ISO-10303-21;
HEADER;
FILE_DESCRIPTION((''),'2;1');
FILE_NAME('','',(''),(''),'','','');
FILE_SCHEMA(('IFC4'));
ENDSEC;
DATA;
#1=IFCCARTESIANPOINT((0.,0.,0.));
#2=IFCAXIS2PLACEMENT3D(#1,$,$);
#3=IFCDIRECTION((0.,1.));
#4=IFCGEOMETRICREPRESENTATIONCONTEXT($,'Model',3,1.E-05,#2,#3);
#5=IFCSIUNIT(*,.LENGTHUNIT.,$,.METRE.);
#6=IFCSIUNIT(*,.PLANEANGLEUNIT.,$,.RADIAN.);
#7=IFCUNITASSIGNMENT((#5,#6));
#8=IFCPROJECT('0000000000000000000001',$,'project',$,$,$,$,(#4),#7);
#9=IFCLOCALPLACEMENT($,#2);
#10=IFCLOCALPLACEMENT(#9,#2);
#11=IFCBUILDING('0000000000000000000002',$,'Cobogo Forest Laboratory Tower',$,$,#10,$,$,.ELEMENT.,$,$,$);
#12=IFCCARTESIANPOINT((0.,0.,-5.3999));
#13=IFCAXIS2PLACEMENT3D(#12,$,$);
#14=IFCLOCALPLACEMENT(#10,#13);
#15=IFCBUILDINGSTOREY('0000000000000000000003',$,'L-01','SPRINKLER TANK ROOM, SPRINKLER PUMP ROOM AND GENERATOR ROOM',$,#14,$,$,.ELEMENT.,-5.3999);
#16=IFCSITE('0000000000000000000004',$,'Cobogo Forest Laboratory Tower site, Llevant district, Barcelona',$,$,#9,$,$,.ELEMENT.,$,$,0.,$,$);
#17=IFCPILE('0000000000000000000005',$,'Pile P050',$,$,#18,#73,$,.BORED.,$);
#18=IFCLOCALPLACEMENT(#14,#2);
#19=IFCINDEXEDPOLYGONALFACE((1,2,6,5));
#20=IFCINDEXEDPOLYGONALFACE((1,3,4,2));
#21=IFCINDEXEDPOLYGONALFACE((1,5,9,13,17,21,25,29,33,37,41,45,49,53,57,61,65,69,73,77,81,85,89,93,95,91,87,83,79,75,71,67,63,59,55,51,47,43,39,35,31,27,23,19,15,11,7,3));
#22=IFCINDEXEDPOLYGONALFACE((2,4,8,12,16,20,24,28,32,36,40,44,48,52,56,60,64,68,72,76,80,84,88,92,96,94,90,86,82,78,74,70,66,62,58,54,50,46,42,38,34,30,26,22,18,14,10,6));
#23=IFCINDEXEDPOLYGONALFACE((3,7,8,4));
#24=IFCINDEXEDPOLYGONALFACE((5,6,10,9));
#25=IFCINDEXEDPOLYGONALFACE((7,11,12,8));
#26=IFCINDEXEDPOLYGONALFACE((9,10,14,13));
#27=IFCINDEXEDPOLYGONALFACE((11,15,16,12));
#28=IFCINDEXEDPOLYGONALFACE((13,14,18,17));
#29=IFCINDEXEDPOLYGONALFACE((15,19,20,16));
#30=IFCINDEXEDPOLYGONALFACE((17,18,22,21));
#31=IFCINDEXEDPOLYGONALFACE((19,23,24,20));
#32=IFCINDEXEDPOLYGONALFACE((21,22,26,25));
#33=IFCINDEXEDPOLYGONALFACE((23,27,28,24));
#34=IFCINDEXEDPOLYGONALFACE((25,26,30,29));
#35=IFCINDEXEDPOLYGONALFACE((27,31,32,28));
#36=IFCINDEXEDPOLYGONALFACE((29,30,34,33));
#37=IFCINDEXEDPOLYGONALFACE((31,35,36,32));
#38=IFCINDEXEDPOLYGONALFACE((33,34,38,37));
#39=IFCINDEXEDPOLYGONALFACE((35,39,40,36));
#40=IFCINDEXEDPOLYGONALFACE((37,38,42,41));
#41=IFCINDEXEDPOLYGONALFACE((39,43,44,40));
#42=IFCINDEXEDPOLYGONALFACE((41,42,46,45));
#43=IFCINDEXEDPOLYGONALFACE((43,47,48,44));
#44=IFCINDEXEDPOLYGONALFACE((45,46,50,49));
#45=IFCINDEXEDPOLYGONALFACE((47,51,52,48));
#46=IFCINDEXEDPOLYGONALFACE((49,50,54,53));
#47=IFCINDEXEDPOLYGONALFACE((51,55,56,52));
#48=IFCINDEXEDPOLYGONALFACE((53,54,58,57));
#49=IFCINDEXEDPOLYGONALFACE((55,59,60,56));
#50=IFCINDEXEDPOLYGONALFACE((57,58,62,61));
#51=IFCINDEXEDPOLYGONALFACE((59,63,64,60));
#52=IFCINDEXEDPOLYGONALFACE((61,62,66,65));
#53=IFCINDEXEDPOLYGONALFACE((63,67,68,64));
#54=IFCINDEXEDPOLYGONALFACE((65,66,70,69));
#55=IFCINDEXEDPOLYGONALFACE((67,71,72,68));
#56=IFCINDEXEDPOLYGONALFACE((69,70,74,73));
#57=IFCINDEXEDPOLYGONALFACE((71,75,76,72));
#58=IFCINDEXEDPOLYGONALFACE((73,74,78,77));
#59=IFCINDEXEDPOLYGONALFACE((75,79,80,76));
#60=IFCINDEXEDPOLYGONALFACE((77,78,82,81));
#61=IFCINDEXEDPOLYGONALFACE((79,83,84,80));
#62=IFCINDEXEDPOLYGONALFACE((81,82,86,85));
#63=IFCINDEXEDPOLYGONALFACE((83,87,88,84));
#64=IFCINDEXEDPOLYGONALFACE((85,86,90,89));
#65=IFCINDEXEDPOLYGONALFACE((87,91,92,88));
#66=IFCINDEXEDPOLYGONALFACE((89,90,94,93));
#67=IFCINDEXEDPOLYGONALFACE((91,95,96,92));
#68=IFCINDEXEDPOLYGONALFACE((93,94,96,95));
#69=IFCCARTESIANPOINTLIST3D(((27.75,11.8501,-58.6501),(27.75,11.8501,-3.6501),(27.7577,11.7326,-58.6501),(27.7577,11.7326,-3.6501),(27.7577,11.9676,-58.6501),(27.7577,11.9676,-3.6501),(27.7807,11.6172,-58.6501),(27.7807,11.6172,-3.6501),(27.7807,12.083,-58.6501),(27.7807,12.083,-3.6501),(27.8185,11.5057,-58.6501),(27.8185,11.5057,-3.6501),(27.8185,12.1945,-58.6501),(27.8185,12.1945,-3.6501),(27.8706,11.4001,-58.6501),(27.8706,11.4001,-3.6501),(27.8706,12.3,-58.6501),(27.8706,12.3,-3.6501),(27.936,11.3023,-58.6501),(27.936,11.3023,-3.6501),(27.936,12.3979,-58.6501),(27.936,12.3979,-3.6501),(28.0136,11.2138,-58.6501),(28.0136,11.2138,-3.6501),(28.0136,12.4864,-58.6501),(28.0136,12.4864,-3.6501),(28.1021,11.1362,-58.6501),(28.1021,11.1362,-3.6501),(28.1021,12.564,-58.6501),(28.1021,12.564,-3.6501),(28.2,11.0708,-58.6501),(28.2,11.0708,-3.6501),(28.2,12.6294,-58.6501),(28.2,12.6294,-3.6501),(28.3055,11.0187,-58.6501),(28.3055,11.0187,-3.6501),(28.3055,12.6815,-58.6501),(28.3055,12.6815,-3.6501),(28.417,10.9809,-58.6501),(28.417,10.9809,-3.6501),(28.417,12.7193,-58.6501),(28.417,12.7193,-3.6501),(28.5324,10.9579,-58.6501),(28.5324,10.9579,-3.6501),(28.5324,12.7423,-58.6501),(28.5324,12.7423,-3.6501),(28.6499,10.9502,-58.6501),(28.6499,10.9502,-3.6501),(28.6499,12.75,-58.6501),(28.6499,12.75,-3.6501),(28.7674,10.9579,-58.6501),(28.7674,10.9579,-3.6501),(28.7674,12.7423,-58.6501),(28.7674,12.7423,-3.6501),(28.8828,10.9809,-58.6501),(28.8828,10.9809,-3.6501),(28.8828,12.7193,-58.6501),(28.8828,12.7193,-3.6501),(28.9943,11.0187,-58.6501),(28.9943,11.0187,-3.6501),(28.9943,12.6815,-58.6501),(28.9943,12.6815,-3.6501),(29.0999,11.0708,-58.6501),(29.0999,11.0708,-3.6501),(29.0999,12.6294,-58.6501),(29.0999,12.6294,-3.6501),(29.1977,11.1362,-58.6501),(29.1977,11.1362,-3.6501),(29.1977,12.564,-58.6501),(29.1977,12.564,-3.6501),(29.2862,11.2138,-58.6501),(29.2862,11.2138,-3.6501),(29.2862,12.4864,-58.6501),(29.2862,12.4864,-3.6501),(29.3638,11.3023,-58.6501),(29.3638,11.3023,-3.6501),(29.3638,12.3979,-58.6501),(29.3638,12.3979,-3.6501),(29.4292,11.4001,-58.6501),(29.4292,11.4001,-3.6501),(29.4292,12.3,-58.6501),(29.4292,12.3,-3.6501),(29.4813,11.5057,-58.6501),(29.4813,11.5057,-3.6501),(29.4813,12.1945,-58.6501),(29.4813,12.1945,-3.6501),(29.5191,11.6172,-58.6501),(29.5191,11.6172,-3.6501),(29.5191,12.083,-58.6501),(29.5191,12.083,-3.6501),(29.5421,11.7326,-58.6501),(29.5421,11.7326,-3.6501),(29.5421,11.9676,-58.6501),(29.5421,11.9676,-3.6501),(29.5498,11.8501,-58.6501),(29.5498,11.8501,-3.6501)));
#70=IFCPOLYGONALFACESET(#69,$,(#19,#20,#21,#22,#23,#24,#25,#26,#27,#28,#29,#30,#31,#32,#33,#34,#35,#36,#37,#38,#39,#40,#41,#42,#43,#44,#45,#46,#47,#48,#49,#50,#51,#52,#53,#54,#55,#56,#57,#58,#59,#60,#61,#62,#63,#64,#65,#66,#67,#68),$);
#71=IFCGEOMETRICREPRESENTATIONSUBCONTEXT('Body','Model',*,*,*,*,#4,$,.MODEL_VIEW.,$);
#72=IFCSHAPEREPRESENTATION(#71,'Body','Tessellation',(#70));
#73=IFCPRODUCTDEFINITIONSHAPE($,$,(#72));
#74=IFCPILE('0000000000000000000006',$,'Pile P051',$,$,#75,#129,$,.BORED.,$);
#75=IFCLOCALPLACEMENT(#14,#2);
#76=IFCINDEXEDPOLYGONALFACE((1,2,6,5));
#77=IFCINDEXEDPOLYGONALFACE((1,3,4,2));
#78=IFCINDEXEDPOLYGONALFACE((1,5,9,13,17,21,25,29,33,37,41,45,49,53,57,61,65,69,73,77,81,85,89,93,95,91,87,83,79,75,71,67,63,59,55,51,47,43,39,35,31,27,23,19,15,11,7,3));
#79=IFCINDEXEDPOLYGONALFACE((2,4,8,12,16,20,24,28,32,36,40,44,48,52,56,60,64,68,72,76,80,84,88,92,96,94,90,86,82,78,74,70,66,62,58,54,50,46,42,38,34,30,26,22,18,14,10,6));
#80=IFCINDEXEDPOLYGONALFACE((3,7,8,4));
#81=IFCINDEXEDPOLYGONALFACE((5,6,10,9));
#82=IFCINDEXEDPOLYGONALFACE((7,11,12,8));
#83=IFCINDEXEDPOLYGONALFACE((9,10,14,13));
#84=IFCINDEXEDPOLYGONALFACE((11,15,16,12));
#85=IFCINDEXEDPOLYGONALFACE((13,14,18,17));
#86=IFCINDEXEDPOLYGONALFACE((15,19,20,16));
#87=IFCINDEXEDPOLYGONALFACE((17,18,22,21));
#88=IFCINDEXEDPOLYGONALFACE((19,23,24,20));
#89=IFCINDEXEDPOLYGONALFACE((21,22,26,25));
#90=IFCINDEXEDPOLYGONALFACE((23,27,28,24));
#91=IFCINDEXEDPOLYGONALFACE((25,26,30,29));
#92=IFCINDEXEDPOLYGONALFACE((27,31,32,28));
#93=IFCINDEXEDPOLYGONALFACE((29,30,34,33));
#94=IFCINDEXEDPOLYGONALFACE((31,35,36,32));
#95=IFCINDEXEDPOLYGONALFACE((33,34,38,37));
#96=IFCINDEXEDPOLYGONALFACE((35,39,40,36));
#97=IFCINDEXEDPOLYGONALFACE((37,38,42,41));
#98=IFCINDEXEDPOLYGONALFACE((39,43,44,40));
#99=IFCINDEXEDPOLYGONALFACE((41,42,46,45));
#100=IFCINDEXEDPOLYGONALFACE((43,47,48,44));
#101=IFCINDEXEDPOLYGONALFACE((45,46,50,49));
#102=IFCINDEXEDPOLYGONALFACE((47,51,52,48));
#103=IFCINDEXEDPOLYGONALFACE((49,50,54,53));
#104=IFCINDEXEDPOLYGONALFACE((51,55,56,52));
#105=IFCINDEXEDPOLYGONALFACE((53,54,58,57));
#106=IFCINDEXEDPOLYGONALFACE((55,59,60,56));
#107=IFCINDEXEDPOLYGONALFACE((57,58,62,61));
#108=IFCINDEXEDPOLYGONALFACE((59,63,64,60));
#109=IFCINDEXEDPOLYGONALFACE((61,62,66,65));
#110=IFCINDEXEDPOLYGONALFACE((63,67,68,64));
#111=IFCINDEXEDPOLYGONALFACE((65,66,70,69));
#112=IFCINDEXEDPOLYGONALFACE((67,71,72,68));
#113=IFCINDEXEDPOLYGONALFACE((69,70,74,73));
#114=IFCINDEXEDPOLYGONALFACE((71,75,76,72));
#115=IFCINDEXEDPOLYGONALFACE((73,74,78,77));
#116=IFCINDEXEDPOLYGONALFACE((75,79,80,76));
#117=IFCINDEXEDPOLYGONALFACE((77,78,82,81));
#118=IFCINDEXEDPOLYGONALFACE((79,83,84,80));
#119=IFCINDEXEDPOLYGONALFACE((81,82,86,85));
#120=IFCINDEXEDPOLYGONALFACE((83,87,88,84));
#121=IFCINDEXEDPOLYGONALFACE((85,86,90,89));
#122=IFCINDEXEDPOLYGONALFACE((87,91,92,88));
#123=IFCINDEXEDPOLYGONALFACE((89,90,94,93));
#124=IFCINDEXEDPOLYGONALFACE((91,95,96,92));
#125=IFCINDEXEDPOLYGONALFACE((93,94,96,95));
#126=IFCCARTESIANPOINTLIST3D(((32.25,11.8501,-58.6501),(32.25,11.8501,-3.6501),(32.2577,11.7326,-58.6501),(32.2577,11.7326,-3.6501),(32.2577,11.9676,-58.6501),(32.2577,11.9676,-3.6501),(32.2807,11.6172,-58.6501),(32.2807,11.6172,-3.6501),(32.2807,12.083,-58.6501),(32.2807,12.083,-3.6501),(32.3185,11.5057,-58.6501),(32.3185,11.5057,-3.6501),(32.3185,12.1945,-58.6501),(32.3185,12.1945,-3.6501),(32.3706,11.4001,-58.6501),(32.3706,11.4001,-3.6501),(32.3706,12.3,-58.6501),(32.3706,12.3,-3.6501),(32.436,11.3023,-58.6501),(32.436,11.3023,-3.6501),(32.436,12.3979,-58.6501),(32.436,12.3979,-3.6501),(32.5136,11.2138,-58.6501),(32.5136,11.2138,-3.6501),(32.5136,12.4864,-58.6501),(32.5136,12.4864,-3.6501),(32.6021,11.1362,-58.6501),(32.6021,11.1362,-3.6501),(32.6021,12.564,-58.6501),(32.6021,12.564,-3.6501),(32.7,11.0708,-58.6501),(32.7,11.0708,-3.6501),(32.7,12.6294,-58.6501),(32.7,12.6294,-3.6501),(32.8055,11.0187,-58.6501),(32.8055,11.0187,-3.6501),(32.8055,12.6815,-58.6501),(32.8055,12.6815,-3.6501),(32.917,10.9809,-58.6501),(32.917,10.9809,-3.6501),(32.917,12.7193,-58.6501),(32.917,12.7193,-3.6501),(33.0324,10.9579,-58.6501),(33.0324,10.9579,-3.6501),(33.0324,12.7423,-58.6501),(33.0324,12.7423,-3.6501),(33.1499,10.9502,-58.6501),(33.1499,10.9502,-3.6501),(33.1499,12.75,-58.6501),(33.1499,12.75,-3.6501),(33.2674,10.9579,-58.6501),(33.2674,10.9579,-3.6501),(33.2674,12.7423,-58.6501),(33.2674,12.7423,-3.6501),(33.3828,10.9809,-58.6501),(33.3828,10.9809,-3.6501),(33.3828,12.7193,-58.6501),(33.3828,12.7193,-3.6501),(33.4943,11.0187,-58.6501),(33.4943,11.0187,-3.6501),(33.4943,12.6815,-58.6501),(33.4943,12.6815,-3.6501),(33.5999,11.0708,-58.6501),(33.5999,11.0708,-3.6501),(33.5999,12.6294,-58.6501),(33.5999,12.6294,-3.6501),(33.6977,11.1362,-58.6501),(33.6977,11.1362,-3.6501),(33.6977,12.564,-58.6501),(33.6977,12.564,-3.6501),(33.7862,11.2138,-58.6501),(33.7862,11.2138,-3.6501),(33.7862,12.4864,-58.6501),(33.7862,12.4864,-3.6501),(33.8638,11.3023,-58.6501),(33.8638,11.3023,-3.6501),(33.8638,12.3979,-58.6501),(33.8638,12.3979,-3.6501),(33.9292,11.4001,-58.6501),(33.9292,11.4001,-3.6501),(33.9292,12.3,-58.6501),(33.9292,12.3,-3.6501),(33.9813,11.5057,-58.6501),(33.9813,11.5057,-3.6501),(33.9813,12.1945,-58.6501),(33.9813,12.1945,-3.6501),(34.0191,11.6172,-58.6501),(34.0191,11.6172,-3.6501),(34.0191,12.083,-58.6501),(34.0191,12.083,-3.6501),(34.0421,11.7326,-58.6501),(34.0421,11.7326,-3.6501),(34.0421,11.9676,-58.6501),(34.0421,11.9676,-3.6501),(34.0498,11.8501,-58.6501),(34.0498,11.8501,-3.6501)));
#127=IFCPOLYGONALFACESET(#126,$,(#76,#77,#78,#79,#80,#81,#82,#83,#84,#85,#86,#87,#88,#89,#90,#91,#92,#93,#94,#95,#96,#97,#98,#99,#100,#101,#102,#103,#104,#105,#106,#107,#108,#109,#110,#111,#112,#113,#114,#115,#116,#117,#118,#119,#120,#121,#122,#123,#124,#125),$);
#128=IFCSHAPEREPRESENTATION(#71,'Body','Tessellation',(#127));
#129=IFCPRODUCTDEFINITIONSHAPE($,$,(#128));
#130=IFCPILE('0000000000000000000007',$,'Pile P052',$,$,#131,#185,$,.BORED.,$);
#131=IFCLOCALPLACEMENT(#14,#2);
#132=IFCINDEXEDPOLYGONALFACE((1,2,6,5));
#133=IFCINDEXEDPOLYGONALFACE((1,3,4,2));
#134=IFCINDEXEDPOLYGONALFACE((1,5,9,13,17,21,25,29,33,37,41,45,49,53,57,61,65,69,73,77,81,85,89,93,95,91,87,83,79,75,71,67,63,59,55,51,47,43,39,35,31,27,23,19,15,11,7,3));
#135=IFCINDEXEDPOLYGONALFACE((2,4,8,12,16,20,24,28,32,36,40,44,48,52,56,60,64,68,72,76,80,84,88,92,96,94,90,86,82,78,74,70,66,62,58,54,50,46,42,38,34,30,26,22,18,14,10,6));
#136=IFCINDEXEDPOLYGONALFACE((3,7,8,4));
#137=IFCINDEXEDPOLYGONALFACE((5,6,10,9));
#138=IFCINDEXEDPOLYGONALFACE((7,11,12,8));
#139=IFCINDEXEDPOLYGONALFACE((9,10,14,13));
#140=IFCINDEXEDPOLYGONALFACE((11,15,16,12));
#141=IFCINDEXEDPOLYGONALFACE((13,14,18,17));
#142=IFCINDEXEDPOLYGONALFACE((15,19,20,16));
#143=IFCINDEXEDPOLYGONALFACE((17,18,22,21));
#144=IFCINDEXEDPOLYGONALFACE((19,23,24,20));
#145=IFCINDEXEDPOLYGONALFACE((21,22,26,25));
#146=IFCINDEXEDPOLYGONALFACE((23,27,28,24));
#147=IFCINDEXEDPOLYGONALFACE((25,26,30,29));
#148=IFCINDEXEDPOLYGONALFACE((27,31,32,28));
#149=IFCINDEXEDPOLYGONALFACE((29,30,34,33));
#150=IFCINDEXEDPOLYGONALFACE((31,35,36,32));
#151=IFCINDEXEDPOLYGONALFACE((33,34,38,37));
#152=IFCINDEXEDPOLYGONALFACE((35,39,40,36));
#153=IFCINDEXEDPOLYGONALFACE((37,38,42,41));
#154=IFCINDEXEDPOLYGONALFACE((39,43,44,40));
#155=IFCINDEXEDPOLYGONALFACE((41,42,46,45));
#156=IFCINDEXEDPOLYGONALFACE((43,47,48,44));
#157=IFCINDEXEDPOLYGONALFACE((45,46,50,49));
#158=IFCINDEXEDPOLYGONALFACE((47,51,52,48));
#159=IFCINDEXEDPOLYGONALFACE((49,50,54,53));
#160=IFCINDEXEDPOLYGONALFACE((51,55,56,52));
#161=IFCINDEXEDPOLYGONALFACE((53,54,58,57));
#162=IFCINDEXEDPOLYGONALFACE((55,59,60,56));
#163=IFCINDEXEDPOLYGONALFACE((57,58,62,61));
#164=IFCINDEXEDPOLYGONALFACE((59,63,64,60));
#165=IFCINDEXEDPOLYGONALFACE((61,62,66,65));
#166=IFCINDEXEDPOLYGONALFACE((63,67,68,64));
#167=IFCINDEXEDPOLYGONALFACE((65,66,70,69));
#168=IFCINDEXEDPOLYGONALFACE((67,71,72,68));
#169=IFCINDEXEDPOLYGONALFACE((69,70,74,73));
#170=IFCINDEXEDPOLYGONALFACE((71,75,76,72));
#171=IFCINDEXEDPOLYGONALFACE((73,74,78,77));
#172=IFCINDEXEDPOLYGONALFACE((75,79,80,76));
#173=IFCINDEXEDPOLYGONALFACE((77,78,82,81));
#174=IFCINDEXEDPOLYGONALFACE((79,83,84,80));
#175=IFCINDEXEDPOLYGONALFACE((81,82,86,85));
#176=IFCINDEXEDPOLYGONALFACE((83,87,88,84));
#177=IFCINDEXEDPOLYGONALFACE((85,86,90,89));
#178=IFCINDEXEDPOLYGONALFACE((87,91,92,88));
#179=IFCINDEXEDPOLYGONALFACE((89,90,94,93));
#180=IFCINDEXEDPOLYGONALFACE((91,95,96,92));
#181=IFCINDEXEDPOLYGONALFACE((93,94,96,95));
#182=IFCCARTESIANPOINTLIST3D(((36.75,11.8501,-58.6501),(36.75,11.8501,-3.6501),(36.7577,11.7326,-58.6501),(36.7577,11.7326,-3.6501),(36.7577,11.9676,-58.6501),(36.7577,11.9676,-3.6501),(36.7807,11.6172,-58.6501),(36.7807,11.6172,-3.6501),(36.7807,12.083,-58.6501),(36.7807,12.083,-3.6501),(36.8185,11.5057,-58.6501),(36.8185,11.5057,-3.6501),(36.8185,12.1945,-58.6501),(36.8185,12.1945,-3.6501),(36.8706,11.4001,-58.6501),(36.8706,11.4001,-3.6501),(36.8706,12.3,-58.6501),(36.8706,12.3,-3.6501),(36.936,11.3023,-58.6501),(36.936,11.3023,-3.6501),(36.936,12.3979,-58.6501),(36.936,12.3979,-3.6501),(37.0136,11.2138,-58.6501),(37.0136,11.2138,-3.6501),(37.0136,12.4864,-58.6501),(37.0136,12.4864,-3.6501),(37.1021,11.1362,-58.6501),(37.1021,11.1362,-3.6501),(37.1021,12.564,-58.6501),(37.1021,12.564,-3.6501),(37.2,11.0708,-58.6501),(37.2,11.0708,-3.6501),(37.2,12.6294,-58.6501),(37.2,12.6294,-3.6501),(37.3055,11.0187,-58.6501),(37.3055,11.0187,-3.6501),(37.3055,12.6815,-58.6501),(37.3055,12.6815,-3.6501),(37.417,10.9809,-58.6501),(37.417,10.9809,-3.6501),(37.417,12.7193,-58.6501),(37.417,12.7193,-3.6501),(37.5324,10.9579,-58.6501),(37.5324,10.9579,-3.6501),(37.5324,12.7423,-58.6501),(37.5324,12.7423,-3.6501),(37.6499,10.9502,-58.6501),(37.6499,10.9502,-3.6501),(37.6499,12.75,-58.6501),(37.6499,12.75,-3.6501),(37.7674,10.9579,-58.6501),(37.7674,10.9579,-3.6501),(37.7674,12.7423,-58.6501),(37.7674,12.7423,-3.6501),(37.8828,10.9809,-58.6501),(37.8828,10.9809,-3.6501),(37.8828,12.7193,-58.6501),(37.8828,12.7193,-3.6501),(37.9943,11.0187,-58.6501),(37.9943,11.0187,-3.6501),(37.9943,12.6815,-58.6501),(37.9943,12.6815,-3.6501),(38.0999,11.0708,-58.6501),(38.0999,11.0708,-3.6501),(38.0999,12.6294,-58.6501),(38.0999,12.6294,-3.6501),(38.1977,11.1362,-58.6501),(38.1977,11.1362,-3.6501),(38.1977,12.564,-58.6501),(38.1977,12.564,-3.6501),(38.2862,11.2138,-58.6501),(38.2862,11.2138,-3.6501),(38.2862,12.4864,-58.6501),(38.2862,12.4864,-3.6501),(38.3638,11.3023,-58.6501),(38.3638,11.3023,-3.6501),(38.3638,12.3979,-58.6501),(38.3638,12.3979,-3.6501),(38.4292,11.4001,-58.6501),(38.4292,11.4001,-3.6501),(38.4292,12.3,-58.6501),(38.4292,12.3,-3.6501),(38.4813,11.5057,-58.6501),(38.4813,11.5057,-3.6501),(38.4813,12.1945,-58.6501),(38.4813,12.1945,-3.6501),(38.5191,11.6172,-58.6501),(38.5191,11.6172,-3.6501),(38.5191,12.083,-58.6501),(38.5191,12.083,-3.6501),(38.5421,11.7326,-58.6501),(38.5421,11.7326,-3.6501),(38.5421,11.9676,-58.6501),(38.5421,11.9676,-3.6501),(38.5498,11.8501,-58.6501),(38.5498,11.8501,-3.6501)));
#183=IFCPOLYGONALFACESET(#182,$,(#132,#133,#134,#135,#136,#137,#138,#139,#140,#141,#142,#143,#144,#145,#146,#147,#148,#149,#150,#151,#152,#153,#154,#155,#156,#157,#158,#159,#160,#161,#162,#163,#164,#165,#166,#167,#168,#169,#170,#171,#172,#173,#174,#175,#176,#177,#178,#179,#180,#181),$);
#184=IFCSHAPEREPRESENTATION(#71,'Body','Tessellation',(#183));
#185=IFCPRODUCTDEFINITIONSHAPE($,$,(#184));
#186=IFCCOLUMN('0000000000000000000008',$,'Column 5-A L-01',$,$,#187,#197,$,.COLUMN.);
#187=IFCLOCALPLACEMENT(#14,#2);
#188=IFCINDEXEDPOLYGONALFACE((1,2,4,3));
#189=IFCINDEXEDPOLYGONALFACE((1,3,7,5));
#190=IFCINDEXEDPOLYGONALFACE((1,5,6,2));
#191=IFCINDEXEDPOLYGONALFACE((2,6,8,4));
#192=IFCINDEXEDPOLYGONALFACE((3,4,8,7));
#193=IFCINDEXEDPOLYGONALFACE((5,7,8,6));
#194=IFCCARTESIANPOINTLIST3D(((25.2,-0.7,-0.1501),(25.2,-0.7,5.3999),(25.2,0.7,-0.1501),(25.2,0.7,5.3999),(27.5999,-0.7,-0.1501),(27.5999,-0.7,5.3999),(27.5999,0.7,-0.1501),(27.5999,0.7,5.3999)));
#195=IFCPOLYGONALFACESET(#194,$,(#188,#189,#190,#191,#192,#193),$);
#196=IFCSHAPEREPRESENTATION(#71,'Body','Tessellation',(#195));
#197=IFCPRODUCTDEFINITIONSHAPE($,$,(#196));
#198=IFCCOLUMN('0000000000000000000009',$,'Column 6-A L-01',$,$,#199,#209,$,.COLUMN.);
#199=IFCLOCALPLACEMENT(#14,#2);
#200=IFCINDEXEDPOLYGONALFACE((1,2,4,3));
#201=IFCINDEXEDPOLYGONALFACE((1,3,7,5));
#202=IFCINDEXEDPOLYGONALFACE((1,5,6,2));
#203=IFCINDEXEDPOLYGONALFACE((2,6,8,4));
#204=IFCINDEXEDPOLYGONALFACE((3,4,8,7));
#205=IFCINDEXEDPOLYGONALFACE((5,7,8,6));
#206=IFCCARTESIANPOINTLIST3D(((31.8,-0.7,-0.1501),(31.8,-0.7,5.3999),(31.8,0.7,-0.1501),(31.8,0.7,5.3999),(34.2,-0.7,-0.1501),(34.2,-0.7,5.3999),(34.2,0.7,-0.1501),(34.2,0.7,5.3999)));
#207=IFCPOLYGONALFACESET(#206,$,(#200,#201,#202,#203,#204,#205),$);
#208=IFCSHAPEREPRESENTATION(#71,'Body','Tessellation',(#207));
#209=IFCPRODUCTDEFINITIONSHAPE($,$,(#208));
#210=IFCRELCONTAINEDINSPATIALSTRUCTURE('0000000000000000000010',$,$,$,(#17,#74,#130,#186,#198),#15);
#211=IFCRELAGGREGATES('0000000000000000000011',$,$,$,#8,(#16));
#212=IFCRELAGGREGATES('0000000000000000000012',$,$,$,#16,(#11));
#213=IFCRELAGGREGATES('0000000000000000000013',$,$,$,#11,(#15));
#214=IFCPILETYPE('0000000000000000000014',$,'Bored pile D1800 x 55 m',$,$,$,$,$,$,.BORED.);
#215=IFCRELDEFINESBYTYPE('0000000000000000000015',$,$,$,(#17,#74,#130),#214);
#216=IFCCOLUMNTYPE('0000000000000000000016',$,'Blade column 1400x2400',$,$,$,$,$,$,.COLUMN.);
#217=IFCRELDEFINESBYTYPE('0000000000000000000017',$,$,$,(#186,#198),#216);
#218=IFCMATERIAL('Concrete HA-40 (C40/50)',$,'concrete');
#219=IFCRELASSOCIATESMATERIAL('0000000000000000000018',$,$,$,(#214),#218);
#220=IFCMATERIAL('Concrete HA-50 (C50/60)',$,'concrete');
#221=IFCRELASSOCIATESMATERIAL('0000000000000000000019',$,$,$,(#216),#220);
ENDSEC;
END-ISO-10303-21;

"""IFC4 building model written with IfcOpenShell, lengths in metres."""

from ifc_helpers import new_model, si_unit, direction, frame, origin, origin_2d, place, context, subcontext, project, spatial, rectangle, circle, extrude, material, material_profile, profile_set, type_object, element, save


model = new_model("IFC4")

# Units and contexts
model_context = context("Model", 3, precision=1e-05, world=origin(), true_north=direction((0.0, 1.0)))
body_context = subcontext(model_context, "Body", "Model", "MODEL_VIEW")
ifc_project = project(units=[si_unit("LENGTHUNIT", "METRE"), si_unit("PLANEANGLEUNIT", "RADIAN")], contexts=[model_context])

# Site, building, storey
site_placement = place(None, origin())
site = spatial("IfcSite", under=ifc_project, at=site_placement, Name="Cobogo Forest Laboratory Tower site, Llevant district, Barcelona", CompositionType="ELEMENT", RefElevation=0.0)
building_placement = place(site_placement, origin())
building = spatial("IfcBuilding", under=site, at=building_placement, Name="Cobogo Forest Laboratory Tower", CompositionType="ELEMENT")
storey_placement = place(building_placement, frame((0.0, 0.0, -5.3999)))
storey = spatial("IfcBuildingStorey", under=building, at=storey_placement, Name="L-01", Description="SPRINKLER TANK ROOM, SPRINKLER PUMP ROOM AND GENERATOR ROOM", CompositionType="ELEMENT", Elevation=-5.3999)

# Piles
ifc_material_1 = material(Name="Concrete HA-40 (C40/50)", Category="concrete")
ifc_material_profile_1 = material_profile(ifc_material_1, circle(Radius=0.8999, at=origin_2d()), Name="PILE D1800")
ifc_profile_set_1 = profile_set([ifc_material_profile_1], Name="Concrete HA-40 (C40/50)")
pile_type_1 = type_object("IfcPileType", Name="Bored pile D1800 x 55 m", PredefinedType="BORED", material=ifc_profile_set_1)
for number, where, z_axis, x_axis, name in (
    (1, (28.6499, 11.8501, -3.6501), (0.0, 0.0, -1.0), (1.0, 0.0, 0.0), "Pile P050"),
    (2, (33.1499, 11.8501, -3.6501), (0.0, 0.0, -1.0), (1.0, 0.0, 0.0), "Pile P051"),
    (3, (37.6499, 11.8501, -3.6501), (0.0, 0.0, -1.0), (1.0, 0.0, 0.0), "Pile P052"),
):
    element("IfcPile", number, at=place(storey_placement, frame(where, z_axis=z_axis, x_axis=x_axis)), inside=storey, type_object=pile_type_1, Name=name, PredefinedType="BORED", context=body_context, shape_type="SweptSolid", body=[
        extrude(circle(Radius=0.8999, at=origin_2d()), origin(), (0.0, 0.0, 1.0), 55.0),
    ])

# Columns
ifc_material_2 = material(Name="Concrete HA-50 (C50/60)", Category="concrete")
ifc_material_profile_2 = material_profile(ifc_material_2, rectangle(XDim=2.3999, YDim=1.3999, at=origin_2d()), Name="RC 1400x2400")
ifc_profile_set_2 = profile_set([ifc_material_profile_2], Name="Concrete HA-50 (C50/60)")
column_type = type_object("IfcColumnType", Name="Blade column 1400x2400", PredefinedType="COLUMN", material=ifc_profile_set_2)
for number, where, z_axis, x_axis, name in (
    (4, (26.3999, 0.0, -0.1501), (0.0, 0.0, 1.0), (1.0, 0.0, 0.0), "Column 5-A L-01"),
    (5, (33.0, 0.0, -0.1501), (0.0, 0.0, 1.0), (1.0, 0.0, 0.0), "Column 6-A L-01"),
):
    element("IfcColumn", number, at=place(storey_placement, frame(where, z_axis=z_axis, x_axis=x_axis)), inside=storey, type_object=column_type, Name=name, PredefinedType="COLUMN", context=body_context, shape_type="SweptSolid", body=[
        extrude(rectangle(XDim=2.3999, YDim=1.3999, at=origin_2d()), origin(), (0.0, 0.0, 1.0), 5.55),
    ])

save(model, "model.ifc")
